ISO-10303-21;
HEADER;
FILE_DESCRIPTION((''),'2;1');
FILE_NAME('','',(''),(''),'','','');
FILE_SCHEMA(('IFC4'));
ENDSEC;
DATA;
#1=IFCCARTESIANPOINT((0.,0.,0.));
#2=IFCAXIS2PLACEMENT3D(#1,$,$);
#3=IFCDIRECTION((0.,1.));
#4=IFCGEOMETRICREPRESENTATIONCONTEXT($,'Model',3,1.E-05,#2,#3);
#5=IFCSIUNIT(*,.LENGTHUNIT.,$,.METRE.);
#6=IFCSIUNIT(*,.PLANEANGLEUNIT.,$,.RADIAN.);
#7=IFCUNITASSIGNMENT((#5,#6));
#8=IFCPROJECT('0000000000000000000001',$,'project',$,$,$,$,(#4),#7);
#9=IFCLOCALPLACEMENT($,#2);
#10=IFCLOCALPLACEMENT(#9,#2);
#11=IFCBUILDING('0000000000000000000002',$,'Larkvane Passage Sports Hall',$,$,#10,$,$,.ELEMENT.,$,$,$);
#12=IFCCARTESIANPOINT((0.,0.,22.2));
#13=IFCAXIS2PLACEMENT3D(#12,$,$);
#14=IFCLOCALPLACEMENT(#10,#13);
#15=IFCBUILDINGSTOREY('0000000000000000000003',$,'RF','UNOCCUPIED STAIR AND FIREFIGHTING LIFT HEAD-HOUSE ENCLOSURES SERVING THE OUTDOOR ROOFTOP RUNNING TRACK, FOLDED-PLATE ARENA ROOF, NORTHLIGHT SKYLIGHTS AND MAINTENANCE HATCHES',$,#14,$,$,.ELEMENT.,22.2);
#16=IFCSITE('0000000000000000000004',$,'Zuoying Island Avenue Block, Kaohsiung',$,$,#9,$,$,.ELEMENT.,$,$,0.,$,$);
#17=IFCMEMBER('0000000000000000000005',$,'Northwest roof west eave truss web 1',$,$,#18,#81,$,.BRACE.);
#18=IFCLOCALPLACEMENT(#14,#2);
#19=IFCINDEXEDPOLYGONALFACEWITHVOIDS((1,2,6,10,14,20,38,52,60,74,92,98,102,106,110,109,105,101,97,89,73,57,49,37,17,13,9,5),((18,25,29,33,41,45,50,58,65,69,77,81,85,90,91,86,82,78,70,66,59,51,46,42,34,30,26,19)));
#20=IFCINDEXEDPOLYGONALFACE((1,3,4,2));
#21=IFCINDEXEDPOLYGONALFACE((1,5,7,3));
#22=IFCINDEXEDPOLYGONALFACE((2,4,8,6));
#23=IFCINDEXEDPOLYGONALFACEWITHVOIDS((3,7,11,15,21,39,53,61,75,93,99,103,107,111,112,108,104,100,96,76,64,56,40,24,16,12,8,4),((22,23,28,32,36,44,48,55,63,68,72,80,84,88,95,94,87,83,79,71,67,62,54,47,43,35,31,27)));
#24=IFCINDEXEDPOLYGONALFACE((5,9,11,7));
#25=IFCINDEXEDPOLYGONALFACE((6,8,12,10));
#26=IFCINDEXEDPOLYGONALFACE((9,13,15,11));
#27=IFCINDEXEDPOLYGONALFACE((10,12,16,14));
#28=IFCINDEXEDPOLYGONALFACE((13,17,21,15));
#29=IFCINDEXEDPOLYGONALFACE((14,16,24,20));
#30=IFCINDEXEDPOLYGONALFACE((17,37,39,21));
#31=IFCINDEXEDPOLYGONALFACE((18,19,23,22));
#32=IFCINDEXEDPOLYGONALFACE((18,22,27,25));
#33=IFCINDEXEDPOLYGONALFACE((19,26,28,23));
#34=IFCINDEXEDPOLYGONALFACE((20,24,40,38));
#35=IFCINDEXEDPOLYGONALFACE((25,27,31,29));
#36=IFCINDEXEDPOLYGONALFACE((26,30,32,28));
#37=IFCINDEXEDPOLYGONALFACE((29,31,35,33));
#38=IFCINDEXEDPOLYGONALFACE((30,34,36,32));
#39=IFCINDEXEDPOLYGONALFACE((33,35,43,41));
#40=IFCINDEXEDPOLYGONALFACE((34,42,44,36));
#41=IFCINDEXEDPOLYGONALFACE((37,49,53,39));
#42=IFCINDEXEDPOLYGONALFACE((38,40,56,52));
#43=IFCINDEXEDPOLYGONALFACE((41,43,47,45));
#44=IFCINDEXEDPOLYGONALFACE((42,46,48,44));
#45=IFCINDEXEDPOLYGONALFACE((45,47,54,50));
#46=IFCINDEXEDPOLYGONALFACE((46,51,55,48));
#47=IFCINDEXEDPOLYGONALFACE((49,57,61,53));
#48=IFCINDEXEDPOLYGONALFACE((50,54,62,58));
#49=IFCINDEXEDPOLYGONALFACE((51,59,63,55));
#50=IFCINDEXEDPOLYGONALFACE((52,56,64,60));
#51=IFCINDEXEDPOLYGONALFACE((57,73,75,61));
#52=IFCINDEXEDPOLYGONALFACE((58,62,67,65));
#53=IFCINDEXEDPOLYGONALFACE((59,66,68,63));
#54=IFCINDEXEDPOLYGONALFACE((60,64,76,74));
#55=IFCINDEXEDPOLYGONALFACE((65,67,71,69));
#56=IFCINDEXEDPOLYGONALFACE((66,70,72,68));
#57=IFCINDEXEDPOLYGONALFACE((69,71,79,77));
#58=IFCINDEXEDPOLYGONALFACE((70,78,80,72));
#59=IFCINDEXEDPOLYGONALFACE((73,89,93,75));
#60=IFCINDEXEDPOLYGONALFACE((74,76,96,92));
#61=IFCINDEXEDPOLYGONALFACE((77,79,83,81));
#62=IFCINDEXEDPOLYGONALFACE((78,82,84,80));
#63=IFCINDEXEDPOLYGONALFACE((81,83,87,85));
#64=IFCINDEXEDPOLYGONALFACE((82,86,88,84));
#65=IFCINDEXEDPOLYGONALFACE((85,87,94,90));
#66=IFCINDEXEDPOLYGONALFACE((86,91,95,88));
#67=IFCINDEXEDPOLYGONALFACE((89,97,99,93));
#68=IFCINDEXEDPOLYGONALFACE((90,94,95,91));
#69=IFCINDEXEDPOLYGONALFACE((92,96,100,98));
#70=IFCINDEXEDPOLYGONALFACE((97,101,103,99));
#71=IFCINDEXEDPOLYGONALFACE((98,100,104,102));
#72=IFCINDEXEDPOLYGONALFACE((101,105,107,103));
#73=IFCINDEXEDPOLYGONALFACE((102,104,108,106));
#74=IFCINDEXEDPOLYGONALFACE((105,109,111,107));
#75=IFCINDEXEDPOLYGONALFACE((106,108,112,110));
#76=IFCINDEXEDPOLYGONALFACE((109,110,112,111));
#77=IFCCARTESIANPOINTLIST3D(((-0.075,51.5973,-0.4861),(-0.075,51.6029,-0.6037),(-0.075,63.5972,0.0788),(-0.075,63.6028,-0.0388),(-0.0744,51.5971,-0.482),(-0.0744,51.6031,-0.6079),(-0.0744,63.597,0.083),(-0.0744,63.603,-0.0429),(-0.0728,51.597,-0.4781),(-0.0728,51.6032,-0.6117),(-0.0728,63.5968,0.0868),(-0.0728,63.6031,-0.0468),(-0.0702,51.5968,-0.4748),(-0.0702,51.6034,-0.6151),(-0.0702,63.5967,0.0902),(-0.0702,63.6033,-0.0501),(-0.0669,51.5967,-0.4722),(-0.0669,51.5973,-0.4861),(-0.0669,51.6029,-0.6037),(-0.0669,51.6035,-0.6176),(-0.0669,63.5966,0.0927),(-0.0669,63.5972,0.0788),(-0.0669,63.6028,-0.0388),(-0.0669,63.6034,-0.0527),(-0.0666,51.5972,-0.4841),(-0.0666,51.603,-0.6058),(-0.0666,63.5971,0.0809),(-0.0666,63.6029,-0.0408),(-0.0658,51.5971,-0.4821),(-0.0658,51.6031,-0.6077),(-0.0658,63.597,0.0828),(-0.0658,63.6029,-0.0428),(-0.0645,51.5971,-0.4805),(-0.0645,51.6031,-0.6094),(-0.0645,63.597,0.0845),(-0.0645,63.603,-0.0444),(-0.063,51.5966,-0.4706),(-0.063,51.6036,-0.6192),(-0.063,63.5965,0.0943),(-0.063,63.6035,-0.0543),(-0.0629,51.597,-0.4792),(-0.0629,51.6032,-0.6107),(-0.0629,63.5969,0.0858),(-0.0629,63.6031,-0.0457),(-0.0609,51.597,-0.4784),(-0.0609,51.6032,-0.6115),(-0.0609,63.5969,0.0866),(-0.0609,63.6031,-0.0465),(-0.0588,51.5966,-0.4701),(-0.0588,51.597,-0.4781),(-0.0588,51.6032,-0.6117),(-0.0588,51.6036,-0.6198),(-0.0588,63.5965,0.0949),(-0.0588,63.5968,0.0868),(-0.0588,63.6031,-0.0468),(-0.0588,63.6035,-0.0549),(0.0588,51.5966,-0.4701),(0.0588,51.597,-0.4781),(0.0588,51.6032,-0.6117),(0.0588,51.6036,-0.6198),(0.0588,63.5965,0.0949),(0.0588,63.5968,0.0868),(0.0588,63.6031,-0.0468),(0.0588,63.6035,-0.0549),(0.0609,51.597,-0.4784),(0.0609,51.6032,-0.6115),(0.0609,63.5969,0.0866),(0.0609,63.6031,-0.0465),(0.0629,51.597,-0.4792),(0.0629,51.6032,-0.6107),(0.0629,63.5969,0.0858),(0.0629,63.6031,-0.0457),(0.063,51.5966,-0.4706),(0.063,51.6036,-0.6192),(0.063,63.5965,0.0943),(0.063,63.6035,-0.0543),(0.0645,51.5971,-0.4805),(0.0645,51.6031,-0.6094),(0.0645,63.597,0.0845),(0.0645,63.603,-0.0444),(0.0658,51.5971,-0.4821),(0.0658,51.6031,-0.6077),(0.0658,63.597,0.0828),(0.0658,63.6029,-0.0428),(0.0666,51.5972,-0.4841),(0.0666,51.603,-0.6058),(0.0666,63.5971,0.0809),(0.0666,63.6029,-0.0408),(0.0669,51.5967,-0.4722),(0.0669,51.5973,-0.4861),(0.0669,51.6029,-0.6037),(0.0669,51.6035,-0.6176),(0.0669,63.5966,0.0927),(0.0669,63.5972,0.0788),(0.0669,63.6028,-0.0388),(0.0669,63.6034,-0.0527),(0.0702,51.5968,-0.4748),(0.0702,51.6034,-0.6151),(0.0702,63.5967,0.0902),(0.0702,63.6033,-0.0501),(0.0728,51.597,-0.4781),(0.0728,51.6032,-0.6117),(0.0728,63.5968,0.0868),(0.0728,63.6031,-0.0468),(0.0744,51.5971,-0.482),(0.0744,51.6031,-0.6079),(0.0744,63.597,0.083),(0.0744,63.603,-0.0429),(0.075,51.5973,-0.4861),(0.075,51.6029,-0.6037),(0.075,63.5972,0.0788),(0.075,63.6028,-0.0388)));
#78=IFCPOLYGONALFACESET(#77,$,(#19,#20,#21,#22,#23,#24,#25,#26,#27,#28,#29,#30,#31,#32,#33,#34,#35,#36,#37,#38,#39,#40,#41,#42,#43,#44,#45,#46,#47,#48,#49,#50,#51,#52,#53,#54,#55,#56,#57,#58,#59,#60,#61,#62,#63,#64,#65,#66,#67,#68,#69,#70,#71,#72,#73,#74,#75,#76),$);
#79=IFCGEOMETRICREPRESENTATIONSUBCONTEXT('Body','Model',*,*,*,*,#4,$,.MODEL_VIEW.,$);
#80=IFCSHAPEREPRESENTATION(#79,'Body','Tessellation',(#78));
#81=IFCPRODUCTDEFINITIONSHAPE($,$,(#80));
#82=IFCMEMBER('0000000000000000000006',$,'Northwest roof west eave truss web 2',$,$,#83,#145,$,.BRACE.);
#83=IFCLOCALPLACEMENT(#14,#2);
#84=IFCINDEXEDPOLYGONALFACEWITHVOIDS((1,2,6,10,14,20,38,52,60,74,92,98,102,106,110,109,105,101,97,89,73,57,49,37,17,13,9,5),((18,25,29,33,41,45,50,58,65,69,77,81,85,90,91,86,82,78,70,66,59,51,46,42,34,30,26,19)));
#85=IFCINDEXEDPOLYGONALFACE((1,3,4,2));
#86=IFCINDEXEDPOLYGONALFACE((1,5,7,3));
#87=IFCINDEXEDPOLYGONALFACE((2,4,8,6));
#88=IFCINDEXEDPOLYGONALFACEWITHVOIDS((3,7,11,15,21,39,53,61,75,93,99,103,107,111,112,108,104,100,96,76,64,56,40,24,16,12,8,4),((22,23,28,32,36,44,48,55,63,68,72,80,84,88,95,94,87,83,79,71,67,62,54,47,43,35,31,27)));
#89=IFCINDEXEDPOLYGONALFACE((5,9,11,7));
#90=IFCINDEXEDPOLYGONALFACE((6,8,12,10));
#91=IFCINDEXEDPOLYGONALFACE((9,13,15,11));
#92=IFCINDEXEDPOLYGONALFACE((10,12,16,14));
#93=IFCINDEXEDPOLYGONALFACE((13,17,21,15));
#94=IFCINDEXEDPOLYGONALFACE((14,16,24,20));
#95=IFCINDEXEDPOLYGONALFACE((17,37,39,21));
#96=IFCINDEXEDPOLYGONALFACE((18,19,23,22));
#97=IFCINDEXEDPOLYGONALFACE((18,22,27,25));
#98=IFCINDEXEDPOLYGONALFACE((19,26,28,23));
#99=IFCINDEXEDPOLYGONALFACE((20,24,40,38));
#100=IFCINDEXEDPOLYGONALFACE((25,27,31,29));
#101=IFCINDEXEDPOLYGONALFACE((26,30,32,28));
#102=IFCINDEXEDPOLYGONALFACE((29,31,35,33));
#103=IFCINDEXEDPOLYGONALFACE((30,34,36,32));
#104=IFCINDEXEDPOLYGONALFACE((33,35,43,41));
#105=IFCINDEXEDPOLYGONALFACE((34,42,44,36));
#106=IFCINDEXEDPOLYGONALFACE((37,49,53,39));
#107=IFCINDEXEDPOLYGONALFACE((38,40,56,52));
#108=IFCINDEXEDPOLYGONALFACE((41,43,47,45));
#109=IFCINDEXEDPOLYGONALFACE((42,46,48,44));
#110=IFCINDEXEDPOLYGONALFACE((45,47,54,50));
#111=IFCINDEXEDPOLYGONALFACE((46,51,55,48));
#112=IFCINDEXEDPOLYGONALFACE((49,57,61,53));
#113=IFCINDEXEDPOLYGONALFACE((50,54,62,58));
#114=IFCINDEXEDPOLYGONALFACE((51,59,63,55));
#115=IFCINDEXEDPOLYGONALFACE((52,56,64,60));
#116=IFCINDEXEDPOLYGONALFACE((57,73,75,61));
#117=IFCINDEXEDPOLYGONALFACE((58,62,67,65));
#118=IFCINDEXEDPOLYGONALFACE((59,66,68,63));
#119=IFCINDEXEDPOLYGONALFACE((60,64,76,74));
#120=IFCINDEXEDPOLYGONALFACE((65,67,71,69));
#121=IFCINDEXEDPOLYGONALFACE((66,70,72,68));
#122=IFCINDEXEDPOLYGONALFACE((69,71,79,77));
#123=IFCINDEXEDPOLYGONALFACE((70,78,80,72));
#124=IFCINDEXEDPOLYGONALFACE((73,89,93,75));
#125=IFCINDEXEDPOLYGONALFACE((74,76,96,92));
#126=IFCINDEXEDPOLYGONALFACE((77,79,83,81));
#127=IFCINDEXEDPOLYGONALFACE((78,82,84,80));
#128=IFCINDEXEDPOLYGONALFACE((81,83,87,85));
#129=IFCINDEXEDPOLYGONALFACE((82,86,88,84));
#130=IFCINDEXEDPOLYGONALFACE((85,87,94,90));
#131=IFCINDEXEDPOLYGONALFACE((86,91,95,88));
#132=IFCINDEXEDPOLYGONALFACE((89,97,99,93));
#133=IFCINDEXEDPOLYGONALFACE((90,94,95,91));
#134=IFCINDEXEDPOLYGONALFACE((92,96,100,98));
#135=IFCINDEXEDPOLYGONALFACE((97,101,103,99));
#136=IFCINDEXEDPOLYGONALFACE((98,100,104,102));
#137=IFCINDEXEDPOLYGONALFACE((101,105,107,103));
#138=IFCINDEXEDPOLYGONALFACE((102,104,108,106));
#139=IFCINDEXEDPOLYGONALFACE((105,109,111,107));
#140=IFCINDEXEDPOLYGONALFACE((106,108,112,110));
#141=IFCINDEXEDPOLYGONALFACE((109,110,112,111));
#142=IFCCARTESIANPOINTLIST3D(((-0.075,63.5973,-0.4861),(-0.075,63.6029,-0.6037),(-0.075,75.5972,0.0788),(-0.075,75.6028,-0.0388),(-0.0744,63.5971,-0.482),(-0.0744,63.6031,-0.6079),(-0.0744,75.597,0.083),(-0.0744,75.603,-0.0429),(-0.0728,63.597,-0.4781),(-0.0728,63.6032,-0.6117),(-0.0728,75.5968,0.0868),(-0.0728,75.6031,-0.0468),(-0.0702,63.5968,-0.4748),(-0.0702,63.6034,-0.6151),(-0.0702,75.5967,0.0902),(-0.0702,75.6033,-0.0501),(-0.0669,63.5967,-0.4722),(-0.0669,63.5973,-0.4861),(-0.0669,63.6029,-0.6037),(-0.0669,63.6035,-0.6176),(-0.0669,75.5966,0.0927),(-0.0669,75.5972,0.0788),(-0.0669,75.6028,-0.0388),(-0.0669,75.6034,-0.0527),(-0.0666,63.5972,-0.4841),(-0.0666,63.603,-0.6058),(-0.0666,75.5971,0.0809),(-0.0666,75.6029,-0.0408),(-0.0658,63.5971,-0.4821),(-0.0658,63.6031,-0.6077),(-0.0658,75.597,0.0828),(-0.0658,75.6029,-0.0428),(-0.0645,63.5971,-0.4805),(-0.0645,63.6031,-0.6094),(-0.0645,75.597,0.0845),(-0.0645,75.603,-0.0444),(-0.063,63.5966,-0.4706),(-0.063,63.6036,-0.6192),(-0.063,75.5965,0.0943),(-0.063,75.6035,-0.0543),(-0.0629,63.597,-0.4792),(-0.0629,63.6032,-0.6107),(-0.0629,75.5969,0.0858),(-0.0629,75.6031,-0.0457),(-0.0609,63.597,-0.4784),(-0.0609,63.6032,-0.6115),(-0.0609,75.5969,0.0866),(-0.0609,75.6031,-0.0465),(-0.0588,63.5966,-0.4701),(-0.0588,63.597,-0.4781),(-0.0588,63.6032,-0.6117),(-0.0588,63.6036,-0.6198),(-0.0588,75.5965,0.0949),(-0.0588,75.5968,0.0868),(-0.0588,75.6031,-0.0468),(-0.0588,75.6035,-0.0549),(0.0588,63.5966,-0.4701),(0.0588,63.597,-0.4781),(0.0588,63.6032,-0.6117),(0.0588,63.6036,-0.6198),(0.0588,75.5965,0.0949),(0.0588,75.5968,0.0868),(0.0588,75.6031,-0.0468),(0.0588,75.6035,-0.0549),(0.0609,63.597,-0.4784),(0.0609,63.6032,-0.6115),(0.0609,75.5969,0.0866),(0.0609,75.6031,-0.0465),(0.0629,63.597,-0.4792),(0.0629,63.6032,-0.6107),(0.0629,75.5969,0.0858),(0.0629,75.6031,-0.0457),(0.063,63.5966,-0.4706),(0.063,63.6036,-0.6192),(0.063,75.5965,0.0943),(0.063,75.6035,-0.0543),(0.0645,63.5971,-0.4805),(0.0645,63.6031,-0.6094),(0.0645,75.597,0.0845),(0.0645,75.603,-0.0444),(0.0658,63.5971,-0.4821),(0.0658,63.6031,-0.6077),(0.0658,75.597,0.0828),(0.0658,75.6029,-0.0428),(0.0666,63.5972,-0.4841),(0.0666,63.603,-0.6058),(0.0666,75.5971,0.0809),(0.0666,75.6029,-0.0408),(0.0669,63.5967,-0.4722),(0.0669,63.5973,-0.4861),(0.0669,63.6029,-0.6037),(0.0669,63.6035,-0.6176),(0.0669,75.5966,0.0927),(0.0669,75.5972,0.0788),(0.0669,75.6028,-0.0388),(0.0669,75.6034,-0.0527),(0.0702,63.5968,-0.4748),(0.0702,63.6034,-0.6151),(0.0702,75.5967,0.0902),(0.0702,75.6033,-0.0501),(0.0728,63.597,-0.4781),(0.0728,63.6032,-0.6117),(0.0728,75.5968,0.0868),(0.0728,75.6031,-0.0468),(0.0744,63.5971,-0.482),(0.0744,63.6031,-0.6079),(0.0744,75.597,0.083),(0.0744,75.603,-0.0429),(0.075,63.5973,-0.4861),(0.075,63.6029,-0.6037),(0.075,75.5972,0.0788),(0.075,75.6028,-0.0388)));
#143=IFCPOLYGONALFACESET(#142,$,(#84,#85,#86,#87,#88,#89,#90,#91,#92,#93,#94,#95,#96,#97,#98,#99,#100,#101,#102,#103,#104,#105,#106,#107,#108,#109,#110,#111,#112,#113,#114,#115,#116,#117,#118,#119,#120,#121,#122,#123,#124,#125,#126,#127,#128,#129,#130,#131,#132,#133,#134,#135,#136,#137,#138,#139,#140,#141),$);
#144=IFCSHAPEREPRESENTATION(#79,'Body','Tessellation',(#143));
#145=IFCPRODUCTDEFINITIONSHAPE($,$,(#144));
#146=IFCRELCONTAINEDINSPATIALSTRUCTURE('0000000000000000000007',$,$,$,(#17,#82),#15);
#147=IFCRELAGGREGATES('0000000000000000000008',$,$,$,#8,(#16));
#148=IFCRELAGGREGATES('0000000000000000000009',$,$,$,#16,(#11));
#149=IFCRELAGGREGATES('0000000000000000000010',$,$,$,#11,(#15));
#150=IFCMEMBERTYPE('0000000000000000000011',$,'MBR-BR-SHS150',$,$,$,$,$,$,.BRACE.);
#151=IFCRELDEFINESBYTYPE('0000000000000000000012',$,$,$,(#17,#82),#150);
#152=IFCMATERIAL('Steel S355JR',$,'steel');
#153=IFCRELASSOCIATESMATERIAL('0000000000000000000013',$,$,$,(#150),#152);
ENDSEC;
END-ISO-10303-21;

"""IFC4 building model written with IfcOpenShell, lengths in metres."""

from ifc_helpers import new_model, si_unit, direction, frame, origin, origin_2d, place, context, subcontext, project, spatial, hollow_rectangle, extrude, material, material_profile, profile_set, type_object, element, save


model = new_model("IFC4")

# Units and contexts
model_context = context("Model", 3, precision=1e-05, world=origin(), true_north=direction((0.0, 1.0)))
body_context = subcontext(model_context, "Body", "Model", "MODEL_VIEW")
ifc_project = project(units=[si_unit("LENGTHUNIT", "METRE"), si_unit("PLANEANGLEUNIT", "RADIAN")], contexts=[model_context])

# Site, building, storey
site_placement = place(None, origin())
site = spatial("IfcSite", under=ifc_project, at=site_placement, Name="Zuoying Island Avenue Block, Kaohsiung", CompositionType="ELEMENT", RefElevation=0.0)
building_placement = place(site_placement, origin())
building = spatial("IfcBuilding", under=site, at=building_placement, Name="Larkvane Passage Sports Hall", CompositionType="ELEMENT")
storey_placement = place(building_placement, frame((0.0, 0.0, 22.2)))
storey = spatial("IfcBuildingStorey", under=building, at=storey_placement, Name="RF", Description="UNOCCUPIED STAIR AND FIREFIGHTING LIFT HEAD-HOUSE ENCLOSURES SERVING THE OUTDOOR ROOFTOP RUNNING TRACK, FOLDED-PLATE ARENA ROOF, NORTHLIGHT SKYLIGHTS AND MAINTENANCE HATCHES", CompositionType="ELEMENT", Elevation=22.2)

# Members
ifc_material_1 = material(Name="Steel S355JR", Category="steel")
ifc_material_profile_1 = material_profile(ifc_material_1, hollow_rectangle(XDim=0.1499, YDim=0.1499, WallThickness=0.0081, InnerFilletRadius=0.0081, OuterFilletRadius=0.0161, at=origin_2d()), Name="SHS-150x150x8")
ifc_profile_set_1 = profile_set([ifc_material_profile_1], Name="Steel S355JR")
member_type_1 = type_object("IfcMemberType", Name="MBR-BR-SHS150", PredefinedType="BRACE", material=ifc_profile_set_1)
for number, where, z_axis, x_axis, name in (
    (1, (0.0, 51.6001, -0.5449), (0.0, 0.998894, 0.047026), (-1.0, 0.0, 0.0), "Northwest roof west eave truss web 1"),
    (2, (0.0, 63.6001, -0.5449), (0.0, 0.998894, 0.047026), (-1.0, 0.0, 0.0), "Northwest roof west eave truss web 2"),
):
    element("IfcMember", number, at=place(storey_placement, frame(where, z_axis=z_axis, x_axis=x_axis)), inside=storey, type_object=member_type_1, Name=name, PredefinedType="BRACE", context=body_context, shape_type="SweptSolid", body=[
        extrude(hollow_rectangle(XDim=0.1499, YDim=0.1499, WallThickness=0.0081, InnerFilletRadius=0.0081, OuterFilletRadius=0.0161, at=origin_2d()), origin(), (0.0, 0.0, 1.0), 12.0132),
    ])

save(model, "model.ifc")
